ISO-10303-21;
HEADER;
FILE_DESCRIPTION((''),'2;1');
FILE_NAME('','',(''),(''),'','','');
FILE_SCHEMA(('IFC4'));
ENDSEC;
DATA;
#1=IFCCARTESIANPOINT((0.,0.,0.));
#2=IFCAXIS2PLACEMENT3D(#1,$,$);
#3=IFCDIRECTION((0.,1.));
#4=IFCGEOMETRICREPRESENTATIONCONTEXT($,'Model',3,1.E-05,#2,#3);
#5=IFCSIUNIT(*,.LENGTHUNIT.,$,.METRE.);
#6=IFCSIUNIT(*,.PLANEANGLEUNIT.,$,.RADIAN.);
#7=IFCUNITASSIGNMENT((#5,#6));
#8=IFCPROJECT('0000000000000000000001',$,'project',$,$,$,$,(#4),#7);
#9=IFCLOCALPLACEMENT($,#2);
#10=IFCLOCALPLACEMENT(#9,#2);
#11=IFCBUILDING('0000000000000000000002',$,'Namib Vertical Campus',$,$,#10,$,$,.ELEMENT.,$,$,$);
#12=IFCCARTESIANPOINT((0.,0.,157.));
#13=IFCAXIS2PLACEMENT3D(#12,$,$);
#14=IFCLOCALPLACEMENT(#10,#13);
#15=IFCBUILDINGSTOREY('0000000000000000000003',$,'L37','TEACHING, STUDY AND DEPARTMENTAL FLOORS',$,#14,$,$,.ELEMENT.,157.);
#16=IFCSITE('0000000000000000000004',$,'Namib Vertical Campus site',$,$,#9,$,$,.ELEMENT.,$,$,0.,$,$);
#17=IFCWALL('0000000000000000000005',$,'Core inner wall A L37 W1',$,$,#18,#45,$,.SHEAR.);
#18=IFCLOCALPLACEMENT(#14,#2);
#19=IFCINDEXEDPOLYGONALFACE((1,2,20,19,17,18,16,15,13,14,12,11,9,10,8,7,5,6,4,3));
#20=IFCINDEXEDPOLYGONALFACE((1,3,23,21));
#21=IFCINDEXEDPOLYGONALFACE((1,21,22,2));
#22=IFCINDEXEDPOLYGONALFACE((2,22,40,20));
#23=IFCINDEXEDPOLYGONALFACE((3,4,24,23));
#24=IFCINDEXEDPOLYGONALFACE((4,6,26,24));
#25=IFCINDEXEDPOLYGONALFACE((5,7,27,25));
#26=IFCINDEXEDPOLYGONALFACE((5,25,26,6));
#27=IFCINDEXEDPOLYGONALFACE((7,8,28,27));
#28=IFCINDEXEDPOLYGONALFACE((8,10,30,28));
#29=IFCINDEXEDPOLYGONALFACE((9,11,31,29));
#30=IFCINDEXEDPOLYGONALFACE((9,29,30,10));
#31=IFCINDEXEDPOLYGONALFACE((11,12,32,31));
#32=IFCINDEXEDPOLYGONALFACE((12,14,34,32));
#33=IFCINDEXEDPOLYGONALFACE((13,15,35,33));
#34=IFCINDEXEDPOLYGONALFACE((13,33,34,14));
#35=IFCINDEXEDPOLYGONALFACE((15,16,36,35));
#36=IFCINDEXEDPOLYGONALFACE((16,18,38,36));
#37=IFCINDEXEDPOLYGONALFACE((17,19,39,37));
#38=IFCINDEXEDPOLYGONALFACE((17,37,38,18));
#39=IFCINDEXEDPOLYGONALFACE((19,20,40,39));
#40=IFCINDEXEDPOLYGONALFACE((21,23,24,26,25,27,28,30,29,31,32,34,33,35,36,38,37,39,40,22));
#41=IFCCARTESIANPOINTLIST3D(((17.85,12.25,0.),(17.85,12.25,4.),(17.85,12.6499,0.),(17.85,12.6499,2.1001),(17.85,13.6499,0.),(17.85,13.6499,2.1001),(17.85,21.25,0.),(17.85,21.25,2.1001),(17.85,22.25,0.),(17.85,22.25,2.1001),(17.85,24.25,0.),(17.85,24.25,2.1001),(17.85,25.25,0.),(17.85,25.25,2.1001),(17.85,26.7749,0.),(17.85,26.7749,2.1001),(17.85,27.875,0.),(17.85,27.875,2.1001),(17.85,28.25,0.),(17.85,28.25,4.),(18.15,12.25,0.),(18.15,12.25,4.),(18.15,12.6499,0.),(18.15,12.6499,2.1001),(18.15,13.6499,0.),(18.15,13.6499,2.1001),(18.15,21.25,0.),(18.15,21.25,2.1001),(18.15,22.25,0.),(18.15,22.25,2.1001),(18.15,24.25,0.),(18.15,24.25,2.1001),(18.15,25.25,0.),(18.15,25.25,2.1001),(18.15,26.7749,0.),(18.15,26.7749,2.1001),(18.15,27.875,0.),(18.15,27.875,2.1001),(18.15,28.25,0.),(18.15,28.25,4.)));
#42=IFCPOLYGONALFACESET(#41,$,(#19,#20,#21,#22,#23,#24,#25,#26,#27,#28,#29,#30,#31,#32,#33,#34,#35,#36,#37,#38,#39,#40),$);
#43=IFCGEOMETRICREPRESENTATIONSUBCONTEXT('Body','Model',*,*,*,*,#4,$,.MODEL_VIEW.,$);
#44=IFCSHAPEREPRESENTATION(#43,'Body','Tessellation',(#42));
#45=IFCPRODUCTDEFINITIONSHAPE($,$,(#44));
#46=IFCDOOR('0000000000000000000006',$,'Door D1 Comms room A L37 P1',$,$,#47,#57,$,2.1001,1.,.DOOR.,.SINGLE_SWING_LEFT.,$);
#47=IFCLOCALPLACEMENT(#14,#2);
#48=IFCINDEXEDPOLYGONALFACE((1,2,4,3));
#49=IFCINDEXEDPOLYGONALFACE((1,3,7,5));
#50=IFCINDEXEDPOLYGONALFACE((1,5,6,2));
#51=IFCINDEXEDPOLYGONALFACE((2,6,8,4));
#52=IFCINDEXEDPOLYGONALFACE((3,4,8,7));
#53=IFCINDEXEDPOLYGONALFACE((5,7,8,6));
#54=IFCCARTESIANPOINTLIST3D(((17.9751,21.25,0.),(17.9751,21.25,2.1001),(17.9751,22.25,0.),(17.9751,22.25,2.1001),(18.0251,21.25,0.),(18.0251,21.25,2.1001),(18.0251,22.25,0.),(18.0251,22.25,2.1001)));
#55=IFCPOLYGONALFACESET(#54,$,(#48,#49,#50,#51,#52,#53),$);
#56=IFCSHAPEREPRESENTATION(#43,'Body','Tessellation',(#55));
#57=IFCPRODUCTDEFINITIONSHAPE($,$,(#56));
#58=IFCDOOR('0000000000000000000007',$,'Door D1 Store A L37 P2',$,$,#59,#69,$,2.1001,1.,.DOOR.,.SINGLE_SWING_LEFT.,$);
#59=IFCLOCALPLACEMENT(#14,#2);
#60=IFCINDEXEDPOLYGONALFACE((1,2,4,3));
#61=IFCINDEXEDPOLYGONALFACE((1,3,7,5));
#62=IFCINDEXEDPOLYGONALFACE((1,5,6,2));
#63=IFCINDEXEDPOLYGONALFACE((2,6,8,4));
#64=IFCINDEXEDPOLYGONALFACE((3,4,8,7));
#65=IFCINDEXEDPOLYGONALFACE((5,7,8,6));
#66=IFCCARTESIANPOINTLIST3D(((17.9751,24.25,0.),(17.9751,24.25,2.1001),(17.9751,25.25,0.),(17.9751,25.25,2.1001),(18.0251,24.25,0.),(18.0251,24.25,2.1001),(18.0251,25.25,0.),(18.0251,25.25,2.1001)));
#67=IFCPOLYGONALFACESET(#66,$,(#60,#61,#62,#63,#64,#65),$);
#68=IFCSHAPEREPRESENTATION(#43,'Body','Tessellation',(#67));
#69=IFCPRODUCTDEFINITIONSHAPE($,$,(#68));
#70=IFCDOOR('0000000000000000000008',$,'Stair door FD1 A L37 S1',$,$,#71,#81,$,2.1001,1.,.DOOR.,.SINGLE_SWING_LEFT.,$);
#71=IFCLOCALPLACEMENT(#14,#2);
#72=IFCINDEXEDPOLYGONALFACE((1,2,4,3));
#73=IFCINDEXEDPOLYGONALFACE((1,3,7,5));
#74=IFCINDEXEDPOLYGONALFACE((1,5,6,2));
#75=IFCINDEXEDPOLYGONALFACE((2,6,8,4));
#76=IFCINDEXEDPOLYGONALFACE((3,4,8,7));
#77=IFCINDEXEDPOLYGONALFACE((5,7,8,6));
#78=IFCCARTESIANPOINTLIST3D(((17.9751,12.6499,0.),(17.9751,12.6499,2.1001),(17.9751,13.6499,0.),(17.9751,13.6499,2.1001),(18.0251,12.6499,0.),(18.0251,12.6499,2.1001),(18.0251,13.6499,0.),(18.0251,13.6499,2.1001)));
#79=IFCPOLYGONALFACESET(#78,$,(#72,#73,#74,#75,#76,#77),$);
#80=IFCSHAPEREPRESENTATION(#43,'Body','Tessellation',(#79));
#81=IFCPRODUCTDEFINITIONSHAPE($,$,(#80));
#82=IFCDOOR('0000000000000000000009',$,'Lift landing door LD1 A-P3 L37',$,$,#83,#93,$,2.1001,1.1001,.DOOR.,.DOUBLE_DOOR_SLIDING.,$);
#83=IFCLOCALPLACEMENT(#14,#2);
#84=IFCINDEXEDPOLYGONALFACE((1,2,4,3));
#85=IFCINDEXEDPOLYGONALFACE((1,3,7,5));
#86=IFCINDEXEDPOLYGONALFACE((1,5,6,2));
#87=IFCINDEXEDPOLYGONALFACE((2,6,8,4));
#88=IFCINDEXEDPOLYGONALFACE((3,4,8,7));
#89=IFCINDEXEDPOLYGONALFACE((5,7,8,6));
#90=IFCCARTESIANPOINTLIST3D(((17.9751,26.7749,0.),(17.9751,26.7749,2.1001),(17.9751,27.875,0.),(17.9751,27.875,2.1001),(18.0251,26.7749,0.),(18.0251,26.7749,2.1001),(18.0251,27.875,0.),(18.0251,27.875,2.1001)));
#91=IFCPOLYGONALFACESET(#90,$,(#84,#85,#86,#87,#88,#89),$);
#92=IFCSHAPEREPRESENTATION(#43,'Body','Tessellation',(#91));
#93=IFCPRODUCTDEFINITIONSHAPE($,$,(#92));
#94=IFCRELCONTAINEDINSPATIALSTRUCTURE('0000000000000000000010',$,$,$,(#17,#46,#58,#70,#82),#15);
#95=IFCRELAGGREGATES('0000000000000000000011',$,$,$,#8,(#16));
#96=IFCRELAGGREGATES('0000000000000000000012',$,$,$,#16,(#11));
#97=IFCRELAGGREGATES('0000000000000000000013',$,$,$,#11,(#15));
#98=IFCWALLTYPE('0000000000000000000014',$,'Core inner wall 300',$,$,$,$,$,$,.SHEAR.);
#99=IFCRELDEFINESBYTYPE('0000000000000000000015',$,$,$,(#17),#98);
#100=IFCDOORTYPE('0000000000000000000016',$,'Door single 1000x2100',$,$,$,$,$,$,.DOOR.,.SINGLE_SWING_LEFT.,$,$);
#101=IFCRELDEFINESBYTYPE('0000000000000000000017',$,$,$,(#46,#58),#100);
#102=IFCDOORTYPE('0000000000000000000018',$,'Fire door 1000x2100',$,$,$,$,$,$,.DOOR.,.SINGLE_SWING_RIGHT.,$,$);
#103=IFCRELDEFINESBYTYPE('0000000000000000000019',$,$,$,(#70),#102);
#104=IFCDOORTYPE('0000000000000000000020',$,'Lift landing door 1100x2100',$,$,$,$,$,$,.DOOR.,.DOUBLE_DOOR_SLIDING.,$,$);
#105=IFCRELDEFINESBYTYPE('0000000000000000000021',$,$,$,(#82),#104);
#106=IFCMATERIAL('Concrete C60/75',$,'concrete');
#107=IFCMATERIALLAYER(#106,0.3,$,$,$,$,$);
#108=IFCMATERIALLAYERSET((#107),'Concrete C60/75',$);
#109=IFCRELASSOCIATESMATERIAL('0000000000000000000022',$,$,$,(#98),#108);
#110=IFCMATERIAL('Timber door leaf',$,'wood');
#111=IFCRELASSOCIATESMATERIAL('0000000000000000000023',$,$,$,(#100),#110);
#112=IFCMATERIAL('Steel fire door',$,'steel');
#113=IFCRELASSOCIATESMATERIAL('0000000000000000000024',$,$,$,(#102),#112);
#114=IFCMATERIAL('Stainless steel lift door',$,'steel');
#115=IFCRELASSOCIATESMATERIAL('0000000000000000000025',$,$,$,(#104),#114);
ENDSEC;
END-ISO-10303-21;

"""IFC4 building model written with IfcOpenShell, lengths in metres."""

from ifc_helpers import new_model, si_unit, direction, frame, frame_2d, origin, place, context, subcontext, project, spatial, rectangle, extrude, material, layer, layer_set, type_object, element, fill, save


model = new_model("IFC4")

# Units and contexts
model_context = context("Model", 3, precision=1e-05, world=origin(), true_north=direction((0.0, 1.0)))
body_context = subcontext(model_context, "Body", "Model", "MODEL_VIEW")
ifc_project = project(units=[si_unit("LENGTHUNIT", "METRE"), si_unit("PLANEANGLEUNIT", "RADIAN")], contexts=[model_context])

# Site, building, storey
site_placement = place(None, origin())
site = spatial("IfcSite", under=ifc_project, at=site_placement, Name="Namib Vertical Campus site", CompositionType="ELEMENT", RefElevation=0.0)
building_placement = place(site_placement, origin())
building = spatial("IfcBuilding", under=site, at=building_placement, Name="Namib Vertical Campus", CompositionType="ELEMENT")
storey_placement = place(building_placement, frame((0.0, 0.0, 157.0)))
storey = spatial("IfcBuildingStorey", under=building, at=storey_placement, Name="L37", Description="TEACHING, STUDY AND DEPARTMENTAL FLOORS", CompositionType="ELEMENT", Elevation=157.0)

# Wall, openings, doors
ifc_material_1 = material(Name="Concrete C60/75", Category="concrete")
ifc_layer_1 = layer(ifc_material_1, 0.3)
ifc_layer_set_1 = layer_set([ifc_layer_1], Name="Concrete C60/75")
wall_type_1 = type_object("IfcWallType", Name="Core inner wall 300", PredefinedType="SHEAR", material=ifc_layer_set_1)
wall_1_placement = place(storey_placement, frame((18.0, 12.25, 0.0), z_axis=(0.0, 0.0, 1.0), x_axis=(0.0, 1.0, 0.0)))
wall_1 = element("IfcWall", 1, at=wall_1_placement, inside=storey, type_object=wall_type_1, Name="Core inner wall A L37 W1", PredefinedType="SHEAR", context=body_context, shape_type="SweptSolid", body=[
    extrude(rectangle(XDim=16.0, YDim=0.3, at=frame_2d((8.0, 0.0))), origin(), (0.0, 0.0, 1.0), 4.0),
])
opening_1_placement = place(wall_1_placement, frame((0.3999, 0.0, 0.0)))
opening_1 = element("IfcOpeningElement", 2, at=opening_1_placement, cuts=wall_1, PredefinedType="OPENING", context=body_context, shape_type="SweptSolid", body=[
    extrude(rectangle(XDim=1.0, YDim=2.1001, at=frame_2d((0.5, 1.05))), frame((0.0, 0.1599, 0.0), z_axis=(0.0, -1.0, 0.0), x_axis=(1.0, 0.0, 0.0)), (0.0, 0.0, 1.0), 0.3201),
])
opening_2_placement = place(wall_1_placement, frame((14.5249, 0.0, 0.0)))
opening_2 = element("IfcOpeningElement", 3, at=opening_2_placement, cuts=wall_1, PredefinedType="OPENING", context=body_context, shape_type="SweptSolid", body=[
    extrude(rectangle(XDim=1.1001, YDim=2.1001, at=frame_2d((0.55, 1.05))), frame((0.0, 0.1599, 0.0), z_axis=(0.0, -1.0, 0.0), x_axis=(1.0, 0.0, 0.0)), (0.0, 0.0, 1.0), 0.3201),
])
opening_3_placement = place(wall_1_placement, frame((9.0, 0.0, 0.0)))
opening_3 = element("IfcOpeningElement", 4, at=opening_3_placement, cuts=wall_1, PredefinedType="OPENING", context=body_context, shape_type="SweptSolid", body=[
    extrude(rectangle(XDim=1.0, YDim=2.1001, at=frame_2d((0.5, 1.05))), frame((0.0, 0.1599, 0.0), z_axis=(0.0, -1.0, 0.0), x_axis=(1.0, 0.0, 0.0)), (0.0, 0.0, 1.0), 0.3201),
])
opening_4_placement = place(wall_1_placement, frame((12.0, 0.0, 0.0)))
opening_4 = element("IfcOpeningElement", 5, at=opening_4_placement, cuts=wall_1, PredefinedType="OPENING", context=body_context, shape_type="SweptSolid", body=[
    extrude(rectangle(XDim=1.0, YDim=2.1001, at=frame_2d((0.5, 1.05))), frame((0.0, 0.1599, 0.0), z_axis=(0.0, -1.0, 0.0), x_axis=(1.0, 0.0, 0.0)), (0.0, 0.0, 1.0), 0.3201),
])
ifc_material_2 = material(Name="Timber door leaf", Category="wood")
door_type_1 = type_object("IfcDoorType", Name="Door single 1000x2100", OperationType="SINGLE_SWING_LEFT", PredefinedType="DOOR", material=ifc_material_2)
door_1_placement = place(opening_3_placement, origin())
door_1 = element("IfcDoor", 6, at=door_1_placement, inside=storey, type_object=door_type_1, Name="Door D1 Comms room A L37 P1", OperationType="SINGLE_SWING_LEFT", OverallHeight=2.1001, OverallWidth=1.0, PredefinedType="DOOR", context=body_context, shape_type="SweptSolid", body=[
    extrude(rectangle(XDim=1.0, YDim=2.1001, at=frame_2d((0.5, 1.05))), frame((0.0, 0.0249, 0.0), z_axis=(0.0, -1.0, 0.0), x_axis=(1.0, 0.0, 0.0)), (0.0, 0.0, 1.0), 0.05),
])
fill(opening_3, door_1)
door_2_placement = place(opening_4_placement, origin())
door_2 = element("IfcDoor", 7, at=door_2_placement, inside=storey, type_object=door_type_1, Name="Door D1 Store A L37 P2", OperationType="SINGLE_SWING_LEFT", OverallHeight=2.1001, OverallWidth=1.0, PredefinedType="DOOR", context=body_context, shape_type="SweptSolid", body=[
    extrude(rectangle(XDim=1.0, YDim=2.1001, at=frame_2d((0.5, 1.05))), frame((0.0, 0.0249, 0.0), z_axis=(0.0, -1.0, 0.0), x_axis=(1.0, 0.0, 0.0)), (0.0, 0.0, 1.0), 0.05),
])
fill(opening_4, door_2)
ifc_material_3 = material(Name="Steel fire door", Category="steel")
door_type_2 = type_object("IfcDoorType", Name="Fire door 1000x2100", OperationType="SINGLE_SWING_RIGHT", PredefinedType="DOOR", material=ifc_material_3)
door_3_placement = place(opening_1_placement, origin())
door_3 = element("IfcDoor", 8, at=door_3_placement, inside=storey, type_object=door_type_2, Name="Stair door FD1 A L37 S1", OperationType="SINGLE_SWING_LEFT", OverallHeight=2.1001, OverallWidth=1.0, PredefinedType="DOOR", context=body_context, shape_type="SweptSolid", body=[
    extrude(rectangle(XDim=1.0, YDim=2.1001, at=frame_2d((0.5, 1.05))), frame((0.0, 0.0249, 0.0), z_axis=(0.0, -1.0, 0.0), x_axis=(1.0, 0.0, 0.0)), (0.0, 0.0, 1.0), 0.05),
])
fill(opening_1, door_3)
ifc_material_4 = material(Name="Stainless steel lift door", Category="steel")
door_type_3 = type_object("IfcDoorType", Name="Lift landing door 1100x2100", OperationType="DOUBLE_DOOR_SLIDING", PredefinedType="DOOR", material=ifc_material_4)
door_4_placement = place(opening_2_placement, origin())
door_4 = element("IfcDoor", 9, at=door_4_placement, inside=storey, type_object=door_type_3, Name="Lift landing door LD1 A-P3 L37", OperationType="DOUBLE_DOOR_SLIDING", OverallHeight=2.1001, OverallWidth=1.1001, PredefinedType="DOOR", context=body_context, shape_type="SweptSolid", body=[
    extrude(rectangle(XDim=1.1001, YDim=2.1001, at=frame_2d((0.55, 1.05))), frame((0.0, 0.0249, 0.0), z_axis=(0.0, -1.0, 0.0), x_axis=(1.0, 0.0, 0.0)), (0.0, 0.0, 1.0), 0.05),
])
fill(opening_2, door_4)

save(model, "model.ifc")
